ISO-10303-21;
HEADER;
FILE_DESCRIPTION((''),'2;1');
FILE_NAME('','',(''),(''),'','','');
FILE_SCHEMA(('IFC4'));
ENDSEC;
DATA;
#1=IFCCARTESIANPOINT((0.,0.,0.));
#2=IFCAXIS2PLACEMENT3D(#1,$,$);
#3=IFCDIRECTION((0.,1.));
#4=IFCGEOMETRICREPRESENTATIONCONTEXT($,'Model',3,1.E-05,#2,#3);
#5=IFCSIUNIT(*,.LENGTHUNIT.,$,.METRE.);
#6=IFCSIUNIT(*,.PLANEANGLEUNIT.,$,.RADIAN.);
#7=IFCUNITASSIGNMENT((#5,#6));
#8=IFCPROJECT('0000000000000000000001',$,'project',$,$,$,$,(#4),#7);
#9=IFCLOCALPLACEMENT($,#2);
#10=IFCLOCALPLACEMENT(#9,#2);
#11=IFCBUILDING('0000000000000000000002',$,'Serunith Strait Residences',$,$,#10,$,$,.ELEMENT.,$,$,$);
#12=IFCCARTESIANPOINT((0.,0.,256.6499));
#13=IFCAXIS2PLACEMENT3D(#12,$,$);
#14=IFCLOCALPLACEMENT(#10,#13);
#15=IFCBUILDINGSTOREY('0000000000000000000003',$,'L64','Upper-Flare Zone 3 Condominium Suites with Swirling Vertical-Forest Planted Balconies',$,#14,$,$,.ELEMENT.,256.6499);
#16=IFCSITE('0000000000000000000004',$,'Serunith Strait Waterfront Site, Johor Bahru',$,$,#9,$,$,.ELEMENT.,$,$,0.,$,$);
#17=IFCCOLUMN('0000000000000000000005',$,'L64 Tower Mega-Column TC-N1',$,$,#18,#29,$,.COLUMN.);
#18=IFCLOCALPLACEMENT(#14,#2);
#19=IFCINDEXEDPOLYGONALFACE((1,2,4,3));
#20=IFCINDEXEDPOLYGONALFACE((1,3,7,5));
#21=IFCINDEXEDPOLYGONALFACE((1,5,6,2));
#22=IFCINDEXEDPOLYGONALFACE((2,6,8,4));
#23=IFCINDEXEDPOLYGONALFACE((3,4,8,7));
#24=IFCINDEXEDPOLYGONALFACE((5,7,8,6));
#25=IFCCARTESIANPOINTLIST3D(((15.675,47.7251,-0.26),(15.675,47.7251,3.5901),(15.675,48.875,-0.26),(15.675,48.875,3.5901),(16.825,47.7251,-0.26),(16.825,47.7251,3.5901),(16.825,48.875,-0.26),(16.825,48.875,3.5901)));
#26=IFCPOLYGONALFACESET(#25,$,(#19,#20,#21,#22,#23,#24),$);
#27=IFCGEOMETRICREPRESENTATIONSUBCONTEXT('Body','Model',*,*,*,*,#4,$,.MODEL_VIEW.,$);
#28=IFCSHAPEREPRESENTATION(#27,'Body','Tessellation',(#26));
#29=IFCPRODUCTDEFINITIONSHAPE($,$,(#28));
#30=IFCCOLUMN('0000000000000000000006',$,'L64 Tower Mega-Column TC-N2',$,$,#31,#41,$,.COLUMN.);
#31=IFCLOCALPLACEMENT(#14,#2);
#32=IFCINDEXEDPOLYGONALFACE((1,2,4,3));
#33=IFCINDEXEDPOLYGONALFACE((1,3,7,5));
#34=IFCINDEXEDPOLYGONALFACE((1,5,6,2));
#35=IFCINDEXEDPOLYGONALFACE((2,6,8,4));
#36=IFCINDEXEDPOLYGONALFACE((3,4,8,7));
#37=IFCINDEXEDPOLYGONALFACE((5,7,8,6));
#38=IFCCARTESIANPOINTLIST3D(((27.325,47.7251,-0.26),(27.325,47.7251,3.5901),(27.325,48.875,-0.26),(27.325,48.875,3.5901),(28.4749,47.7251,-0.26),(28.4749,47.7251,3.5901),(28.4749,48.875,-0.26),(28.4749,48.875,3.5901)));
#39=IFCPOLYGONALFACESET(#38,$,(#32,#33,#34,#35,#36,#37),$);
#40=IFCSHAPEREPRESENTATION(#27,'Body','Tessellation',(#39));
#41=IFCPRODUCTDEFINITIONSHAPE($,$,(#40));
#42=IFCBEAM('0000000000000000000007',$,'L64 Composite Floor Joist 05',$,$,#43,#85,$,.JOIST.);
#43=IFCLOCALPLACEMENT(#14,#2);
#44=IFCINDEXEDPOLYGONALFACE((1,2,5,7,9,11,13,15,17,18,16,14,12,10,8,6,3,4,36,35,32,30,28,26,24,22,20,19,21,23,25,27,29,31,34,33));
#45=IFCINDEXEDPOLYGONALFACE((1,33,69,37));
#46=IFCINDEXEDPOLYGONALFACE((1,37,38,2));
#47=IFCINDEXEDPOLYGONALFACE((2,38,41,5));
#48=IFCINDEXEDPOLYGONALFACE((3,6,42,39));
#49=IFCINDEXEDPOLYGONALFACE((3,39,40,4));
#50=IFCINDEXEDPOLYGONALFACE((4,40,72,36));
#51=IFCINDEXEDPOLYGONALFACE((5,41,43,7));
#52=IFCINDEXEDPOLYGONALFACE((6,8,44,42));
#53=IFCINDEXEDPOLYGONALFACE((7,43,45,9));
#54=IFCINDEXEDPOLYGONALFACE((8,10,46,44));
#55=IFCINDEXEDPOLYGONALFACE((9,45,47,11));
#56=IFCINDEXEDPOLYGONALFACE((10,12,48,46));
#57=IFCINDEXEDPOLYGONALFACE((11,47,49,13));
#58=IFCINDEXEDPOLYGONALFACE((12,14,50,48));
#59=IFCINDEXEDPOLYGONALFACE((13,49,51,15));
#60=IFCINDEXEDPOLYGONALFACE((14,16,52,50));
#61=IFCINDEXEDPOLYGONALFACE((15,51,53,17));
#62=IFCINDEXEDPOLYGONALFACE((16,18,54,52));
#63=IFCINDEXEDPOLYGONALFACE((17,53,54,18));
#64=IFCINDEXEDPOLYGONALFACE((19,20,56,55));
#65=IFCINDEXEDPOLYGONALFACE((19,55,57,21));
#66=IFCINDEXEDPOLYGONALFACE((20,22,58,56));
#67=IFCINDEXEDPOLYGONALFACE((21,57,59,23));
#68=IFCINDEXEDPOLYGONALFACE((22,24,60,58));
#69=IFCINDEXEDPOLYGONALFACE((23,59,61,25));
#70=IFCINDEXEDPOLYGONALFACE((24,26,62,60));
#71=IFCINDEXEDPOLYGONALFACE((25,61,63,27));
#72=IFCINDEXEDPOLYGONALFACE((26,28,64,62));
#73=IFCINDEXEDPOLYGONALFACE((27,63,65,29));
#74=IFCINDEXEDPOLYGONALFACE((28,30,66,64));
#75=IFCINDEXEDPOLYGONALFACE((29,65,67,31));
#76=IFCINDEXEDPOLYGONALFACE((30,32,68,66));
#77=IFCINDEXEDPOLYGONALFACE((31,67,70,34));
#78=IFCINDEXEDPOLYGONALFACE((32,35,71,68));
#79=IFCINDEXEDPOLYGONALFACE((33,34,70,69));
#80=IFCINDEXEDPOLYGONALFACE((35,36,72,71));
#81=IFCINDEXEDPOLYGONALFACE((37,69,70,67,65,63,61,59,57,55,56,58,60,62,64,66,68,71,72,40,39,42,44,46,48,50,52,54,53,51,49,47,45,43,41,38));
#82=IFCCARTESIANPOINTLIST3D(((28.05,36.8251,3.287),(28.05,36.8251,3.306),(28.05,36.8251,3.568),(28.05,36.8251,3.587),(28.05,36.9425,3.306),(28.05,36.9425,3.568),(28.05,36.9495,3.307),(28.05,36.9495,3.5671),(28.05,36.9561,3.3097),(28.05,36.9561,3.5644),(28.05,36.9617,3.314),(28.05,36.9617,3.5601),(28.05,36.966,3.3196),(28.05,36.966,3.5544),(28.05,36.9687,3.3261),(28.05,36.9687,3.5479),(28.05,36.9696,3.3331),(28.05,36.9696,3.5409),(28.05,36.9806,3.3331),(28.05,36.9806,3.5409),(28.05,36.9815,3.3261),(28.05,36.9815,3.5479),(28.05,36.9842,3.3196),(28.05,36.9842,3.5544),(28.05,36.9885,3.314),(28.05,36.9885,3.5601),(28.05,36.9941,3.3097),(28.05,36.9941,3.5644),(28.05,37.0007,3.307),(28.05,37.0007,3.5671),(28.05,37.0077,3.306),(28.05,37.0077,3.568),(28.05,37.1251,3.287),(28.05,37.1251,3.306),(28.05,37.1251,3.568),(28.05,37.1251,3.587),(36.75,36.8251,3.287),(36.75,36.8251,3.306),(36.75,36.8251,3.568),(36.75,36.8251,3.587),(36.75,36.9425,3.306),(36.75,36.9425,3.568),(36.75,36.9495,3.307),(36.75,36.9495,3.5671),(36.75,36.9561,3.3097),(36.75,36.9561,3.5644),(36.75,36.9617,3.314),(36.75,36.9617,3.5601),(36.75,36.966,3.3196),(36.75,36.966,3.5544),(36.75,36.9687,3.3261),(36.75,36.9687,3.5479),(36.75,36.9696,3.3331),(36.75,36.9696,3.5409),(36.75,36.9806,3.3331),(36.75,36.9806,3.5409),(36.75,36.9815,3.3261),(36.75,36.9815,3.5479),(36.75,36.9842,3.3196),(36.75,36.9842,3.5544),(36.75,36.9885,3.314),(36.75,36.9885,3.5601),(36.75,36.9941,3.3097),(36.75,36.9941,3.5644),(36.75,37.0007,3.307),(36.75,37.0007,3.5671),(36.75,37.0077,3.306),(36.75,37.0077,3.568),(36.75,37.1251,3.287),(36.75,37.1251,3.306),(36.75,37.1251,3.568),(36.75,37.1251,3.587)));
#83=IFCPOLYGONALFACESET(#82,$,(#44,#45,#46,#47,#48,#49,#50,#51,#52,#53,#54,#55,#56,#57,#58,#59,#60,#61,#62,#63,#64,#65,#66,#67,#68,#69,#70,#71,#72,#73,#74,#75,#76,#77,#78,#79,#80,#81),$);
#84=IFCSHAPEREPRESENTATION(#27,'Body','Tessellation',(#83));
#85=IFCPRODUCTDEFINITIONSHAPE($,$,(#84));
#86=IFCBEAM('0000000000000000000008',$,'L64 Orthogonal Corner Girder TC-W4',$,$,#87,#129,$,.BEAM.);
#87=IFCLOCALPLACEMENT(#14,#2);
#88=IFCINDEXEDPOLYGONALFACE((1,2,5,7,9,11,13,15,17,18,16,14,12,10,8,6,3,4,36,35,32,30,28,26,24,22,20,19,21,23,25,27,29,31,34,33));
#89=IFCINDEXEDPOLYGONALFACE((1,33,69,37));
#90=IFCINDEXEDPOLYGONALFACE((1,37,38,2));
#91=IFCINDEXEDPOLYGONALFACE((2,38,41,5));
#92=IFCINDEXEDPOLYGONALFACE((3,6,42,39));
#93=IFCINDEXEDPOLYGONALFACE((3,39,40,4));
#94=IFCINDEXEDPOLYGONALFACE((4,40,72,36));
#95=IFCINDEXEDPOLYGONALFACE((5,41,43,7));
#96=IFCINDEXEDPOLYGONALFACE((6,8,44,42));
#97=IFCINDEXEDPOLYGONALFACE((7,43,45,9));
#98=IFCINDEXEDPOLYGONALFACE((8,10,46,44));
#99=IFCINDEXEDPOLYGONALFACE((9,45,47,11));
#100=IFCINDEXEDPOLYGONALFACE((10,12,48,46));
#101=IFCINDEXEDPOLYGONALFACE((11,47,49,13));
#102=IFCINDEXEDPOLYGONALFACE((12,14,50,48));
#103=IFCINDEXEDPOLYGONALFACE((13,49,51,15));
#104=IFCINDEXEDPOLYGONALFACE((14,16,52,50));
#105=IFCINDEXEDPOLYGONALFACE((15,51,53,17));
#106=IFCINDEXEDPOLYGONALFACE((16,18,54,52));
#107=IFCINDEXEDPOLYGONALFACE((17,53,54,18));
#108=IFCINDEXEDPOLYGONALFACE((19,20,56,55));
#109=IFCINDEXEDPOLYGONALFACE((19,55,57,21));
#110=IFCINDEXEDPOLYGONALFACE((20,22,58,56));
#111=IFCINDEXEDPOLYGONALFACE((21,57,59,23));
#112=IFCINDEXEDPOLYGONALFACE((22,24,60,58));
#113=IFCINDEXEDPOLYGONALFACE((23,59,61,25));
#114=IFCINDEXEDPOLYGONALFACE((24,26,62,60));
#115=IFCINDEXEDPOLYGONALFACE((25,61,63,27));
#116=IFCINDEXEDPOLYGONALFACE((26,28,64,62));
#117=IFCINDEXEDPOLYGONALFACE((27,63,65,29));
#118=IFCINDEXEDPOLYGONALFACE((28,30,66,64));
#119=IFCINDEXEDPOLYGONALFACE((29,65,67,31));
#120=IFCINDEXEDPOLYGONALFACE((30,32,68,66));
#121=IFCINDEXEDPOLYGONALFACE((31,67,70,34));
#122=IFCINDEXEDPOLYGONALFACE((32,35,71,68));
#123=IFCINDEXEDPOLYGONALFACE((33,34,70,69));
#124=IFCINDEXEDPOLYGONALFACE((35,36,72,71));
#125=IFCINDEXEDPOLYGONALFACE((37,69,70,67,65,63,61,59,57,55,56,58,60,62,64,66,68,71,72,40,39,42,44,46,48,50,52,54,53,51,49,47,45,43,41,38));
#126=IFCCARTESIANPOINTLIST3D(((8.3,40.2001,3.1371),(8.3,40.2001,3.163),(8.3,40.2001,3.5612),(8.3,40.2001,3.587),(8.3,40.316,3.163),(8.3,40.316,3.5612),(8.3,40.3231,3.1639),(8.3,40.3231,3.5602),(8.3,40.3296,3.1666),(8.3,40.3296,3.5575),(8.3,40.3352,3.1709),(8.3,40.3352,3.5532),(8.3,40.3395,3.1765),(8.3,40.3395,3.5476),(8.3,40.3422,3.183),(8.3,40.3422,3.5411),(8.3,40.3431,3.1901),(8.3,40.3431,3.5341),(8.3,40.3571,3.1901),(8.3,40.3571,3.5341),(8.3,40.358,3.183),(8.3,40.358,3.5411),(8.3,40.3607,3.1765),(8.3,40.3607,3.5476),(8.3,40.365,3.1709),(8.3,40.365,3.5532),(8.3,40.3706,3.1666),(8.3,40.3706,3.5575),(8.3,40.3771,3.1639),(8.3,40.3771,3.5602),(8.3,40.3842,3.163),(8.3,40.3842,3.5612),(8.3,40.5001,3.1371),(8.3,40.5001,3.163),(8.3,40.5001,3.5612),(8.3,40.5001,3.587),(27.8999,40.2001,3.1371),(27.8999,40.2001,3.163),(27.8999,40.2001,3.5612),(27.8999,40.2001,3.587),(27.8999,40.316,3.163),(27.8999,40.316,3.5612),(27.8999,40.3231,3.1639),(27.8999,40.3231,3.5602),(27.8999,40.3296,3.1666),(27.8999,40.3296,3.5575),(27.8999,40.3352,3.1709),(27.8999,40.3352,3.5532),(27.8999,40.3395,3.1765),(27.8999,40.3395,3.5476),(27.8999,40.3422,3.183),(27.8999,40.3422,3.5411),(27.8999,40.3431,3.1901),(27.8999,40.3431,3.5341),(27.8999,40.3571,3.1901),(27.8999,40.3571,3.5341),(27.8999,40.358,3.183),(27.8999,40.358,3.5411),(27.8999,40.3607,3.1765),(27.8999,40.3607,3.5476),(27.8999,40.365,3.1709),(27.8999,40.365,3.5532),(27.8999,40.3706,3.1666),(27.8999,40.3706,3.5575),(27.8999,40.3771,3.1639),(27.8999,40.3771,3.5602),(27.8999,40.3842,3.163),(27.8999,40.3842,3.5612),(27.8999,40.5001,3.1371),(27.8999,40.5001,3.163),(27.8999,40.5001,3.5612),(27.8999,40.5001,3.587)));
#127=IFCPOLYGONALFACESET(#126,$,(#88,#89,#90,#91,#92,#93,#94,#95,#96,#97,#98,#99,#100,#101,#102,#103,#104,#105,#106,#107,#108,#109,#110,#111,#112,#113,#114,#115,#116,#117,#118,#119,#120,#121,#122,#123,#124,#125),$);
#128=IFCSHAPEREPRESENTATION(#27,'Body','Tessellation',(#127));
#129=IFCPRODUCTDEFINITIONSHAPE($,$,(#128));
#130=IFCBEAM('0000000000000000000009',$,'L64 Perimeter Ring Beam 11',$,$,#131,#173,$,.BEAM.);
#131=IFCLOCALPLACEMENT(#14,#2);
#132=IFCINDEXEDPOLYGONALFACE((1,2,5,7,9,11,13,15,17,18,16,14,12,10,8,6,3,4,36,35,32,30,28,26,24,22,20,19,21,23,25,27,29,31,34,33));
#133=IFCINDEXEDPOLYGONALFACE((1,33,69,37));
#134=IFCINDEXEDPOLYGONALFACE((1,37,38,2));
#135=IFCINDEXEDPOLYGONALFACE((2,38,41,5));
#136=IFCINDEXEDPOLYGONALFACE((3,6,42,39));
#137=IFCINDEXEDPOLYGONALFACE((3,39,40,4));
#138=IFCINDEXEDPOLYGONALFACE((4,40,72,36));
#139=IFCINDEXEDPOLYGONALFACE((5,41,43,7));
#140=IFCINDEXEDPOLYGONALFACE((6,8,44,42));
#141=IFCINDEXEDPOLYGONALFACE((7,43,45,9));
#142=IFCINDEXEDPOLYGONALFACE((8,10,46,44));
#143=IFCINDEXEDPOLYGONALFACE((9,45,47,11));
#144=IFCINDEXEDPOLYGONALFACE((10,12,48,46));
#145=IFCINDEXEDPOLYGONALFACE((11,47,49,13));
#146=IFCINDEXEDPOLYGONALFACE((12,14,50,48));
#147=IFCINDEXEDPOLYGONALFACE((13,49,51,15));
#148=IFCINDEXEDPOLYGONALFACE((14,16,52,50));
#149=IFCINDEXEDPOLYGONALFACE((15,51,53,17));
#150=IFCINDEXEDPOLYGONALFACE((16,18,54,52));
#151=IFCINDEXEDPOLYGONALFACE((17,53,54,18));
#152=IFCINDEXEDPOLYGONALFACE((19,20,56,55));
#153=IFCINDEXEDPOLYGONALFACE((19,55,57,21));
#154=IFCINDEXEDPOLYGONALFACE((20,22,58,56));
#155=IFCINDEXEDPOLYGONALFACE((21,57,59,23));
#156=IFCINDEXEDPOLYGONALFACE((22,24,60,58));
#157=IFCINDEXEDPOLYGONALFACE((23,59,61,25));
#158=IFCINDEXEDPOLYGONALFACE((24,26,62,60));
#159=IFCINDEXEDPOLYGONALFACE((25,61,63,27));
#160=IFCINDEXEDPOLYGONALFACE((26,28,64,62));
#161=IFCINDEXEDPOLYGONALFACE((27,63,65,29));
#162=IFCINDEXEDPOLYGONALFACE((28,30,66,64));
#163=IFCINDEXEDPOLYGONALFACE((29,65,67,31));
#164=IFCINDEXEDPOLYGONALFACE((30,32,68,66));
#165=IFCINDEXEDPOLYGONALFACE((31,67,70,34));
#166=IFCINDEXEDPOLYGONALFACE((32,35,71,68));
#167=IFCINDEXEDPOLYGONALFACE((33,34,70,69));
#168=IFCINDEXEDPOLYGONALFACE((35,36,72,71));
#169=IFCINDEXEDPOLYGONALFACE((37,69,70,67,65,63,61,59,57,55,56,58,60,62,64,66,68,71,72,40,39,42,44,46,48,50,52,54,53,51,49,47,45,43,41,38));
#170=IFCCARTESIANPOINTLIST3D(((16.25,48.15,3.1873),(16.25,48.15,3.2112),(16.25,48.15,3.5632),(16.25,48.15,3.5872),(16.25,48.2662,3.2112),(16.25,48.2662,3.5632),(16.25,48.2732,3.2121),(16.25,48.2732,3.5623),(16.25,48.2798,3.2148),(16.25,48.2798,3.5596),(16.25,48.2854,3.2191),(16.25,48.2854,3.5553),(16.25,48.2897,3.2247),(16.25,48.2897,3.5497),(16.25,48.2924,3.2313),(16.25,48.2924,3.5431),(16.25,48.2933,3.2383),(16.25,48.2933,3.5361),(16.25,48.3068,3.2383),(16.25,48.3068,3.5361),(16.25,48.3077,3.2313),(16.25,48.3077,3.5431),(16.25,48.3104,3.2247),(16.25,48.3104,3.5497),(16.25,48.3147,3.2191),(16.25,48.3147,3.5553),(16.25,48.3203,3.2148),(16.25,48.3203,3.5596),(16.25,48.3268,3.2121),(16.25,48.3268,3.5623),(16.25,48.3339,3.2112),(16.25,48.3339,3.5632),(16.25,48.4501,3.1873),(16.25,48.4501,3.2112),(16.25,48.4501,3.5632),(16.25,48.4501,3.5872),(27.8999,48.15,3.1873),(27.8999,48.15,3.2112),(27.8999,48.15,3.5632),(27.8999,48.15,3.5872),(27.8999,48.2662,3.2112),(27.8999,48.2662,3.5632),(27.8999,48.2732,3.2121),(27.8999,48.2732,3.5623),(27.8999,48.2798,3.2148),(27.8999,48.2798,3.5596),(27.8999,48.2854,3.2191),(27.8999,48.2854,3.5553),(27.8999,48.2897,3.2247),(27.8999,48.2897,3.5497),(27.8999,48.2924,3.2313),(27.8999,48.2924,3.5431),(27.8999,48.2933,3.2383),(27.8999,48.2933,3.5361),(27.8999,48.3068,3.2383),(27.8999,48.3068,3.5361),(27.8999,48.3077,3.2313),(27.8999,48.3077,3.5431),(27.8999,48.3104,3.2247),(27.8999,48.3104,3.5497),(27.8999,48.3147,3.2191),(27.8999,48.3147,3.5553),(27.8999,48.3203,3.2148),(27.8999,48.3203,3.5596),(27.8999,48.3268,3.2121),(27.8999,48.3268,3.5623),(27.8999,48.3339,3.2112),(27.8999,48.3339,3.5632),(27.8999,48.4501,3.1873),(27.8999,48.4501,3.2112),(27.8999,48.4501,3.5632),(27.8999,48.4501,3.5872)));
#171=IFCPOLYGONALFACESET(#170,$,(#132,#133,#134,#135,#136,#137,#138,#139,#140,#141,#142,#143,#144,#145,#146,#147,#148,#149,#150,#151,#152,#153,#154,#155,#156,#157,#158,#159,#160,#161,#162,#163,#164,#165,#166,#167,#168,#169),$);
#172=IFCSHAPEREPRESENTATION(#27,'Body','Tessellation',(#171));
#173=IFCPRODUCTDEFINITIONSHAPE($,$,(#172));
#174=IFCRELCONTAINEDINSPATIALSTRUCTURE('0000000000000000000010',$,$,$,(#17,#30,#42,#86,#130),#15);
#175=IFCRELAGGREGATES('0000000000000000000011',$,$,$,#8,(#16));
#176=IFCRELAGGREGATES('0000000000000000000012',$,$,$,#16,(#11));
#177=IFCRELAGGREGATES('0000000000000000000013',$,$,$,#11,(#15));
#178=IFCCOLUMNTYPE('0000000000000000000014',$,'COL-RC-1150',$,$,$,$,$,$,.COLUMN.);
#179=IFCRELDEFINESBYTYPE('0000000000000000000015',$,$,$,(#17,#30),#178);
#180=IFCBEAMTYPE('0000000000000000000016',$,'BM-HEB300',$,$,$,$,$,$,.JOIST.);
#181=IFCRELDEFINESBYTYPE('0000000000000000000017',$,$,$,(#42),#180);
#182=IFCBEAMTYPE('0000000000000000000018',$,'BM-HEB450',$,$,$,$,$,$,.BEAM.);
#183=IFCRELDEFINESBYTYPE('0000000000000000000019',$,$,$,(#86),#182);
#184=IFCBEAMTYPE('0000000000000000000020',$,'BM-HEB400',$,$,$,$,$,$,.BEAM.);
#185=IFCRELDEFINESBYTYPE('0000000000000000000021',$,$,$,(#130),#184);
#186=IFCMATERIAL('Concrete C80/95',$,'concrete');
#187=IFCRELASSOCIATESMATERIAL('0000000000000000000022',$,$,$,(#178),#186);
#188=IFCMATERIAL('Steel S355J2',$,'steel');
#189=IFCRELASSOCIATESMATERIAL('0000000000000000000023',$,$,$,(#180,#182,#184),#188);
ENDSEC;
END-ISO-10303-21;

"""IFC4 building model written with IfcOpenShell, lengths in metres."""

from ifc_helpers import new_model, si_unit, direction, frame, origin, origin_2d, place, context, subcontext, project, spatial, rectangle, i_section, extrude, source, transform, mapped, material, material_profile, profile_set, type_object, element, save


model = new_model("IFC4")

# Units and contexts
model_context = context("Model", 3, precision=1e-05, world=origin(), true_north=direction((0.0, 1.0)))
body_context = subcontext(model_context, "Body", "Model", "MODEL_VIEW")
ifc_project = project(units=[si_unit("LENGTHUNIT", "METRE"), si_unit("PLANEANGLEUNIT", "RADIAN")], contexts=[model_context])

# Site, building, storey
site_placement = place(None, origin())
site = spatial("IfcSite", under=ifc_project, at=site_placement, Name="Serunith Strait Waterfront Site, Johor Bahru", CompositionType="ELEMENT", RefElevation=0.0)
building_placement = place(site_placement, origin())
building = spatial("IfcBuilding", under=site, at=building_placement, Name="Serunith Strait Residences", CompositionType="ELEMENT")
storey_placement = place(building_placement, frame((0.0, 0.0, 256.6499)))
storey = spatial("IfcBuildingStorey", under=building, at=storey_placement, Name="L64", Description="Upper-Flare Zone 3 Condominium Suites with Swirling Vertical-Forest Planted Balconies", CompositionType="ELEMENT", Elevation=256.6499)

# Columns
ifc_material_1 = material(Name="Concrete C80/95", Category="concrete")
ifc_material_profile_1 = material_profile(ifc_material_1, rectangle(XDim=1.1499, YDim=1.1499, at=origin_2d()), Name="RC 1150x1150")
ifc_profile_set_1 = profile_set([ifc_material_profile_1], Name="Concrete C80/95")
column_type = type_object("IfcColumnType", Name="COL-RC-1150", PredefinedType="COLUMN", material=ifc_profile_set_1)
shared_shape_1 = source(origin(), body_context, "Body", "SweptSolid", [
    extrude(rectangle(XDim=1.1499, YDim=1.1499, at=origin_2d()), origin(), (0.0, 0.0, 1.0), 3.8501),
])
for number, where, z_axis, x_axis, name in (
    (1, (16.25, 48.3, -0.26), (0.0, 0.0, 1.0), (1.0, 0.0, 0.0), "L64 Tower Mega-Column TC-N1"),
    (2, (27.8999, 48.3, -0.26), (0.0, 0.0, 1.0), (1.0, 0.0, 0.0), "L64 Tower Mega-Column TC-N2"),
):
    element("IfcColumn", number, at=place(storey_placement, frame(where, z_axis=z_axis, x_axis=x_axis)), inside=storey, type_object=column_type, Name=name, PredefinedType="COLUMN", context=body_context, shape_type="MappedRepresentation", body=[
        mapped(shared_shape_1, transform((0.0, 0.0, 0.0), scale=1.0)),
    ])

# Beams
ifc_material_2 = material(Name="Steel S355J2", Category="steel")
ifc_material_profile_2 = material_profile(ifc_material_2, i_section(OverallWidth=0.3, OverallDepth=0.3, WebThickness=0.011, FlangeThickness=0.019, FilletRadius=0.0271, at=origin_2d()), Name="HEB 300")
ifc_profile_set_2 = profile_set([ifc_material_profile_2], Name="Steel S355J2")
beam_type_1 = type_object("IfcBeamType", Name="BM-HEB300", PredefinedType="JOIST", material=ifc_profile_set_2)
shared_shape_2 = source(origin(), body_context, "Body", "SweptSolid", [
    extrude(i_section(OverallWidth=0.3, OverallDepth=0.3, WebThickness=0.011, FlangeThickness=0.019, FilletRadius=0.0271, at=origin_2d()), origin(), (0.0, 0.0, 1.0), 8.7),
])
beam_1_placement = place(storey_placement, frame((28.05, 36.9751, 3.437), z_axis=(1.0, 0.0, 0.0), x_axis=(0.0, 1.0, 0.0)))
element("IfcBeam", 3, at=beam_1_placement, inside=storey, type_object=beam_type_1, Name="L64 Composite Floor Joist 05", PredefinedType="JOIST", context=body_context, shape_type="MappedRepresentation", body=[
    mapped(shared_shape_2, transform((0.0, 0.0, 0.0), scale=1.0)),
])
ifc_material_profile_3 = material_profile(ifc_material_2, i_section(OverallWidth=0.3, OverallDepth=0.45, WebThickness=0.0139, FlangeThickness=0.0259, FilletRadius=0.0271, at=origin_2d()), Name="HEB 450")
ifc_profile_set_3 = profile_set([ifc_material_profile_3], Name="Steel S355J2")
beam_type_2 = type_object("IfcBeamType", Name="BM-HEB450", PredefinedType="BEAM", material=ifc_profile_set_3)
shared_shape_3 = source(origin(), body_context, "Body", "SweptSolid", [
    extrude(i_section(OverallWidth=0.3, OverallDepth=0.45, WebThickness=0.0139, FlangeThickness=0.0259, FilletRadius=0.0271, at=origin_2d()), origin(), (0.0, 0.0, 1.0), 19.5999),
])
beam_2_placement = place(storey_placement, frame((27.8999, 40.3501, 3.3621), z_axis=(-1.0, 0.0, 0.0), x_axis=(0.0, -1.0, 0.0)))
element("IfcBeam", 4, at=beam_2_placement, inside=storey, type_object=beam_type_2, Name="L64 Orthogonal Corner Girder TC-W4", PredefinedType="BEAM", context=body_context, shape_type="MappedRepresentation", body=[
    mapped(shared_shape_3, transform((0.0, 0.0, 0.0), scale=1.0)),
])
ifc_material_profile_4 = material_profile(ifc_material_2, i_section(OverallWidth=0.3, OverallDepth=0.3999, WebThickness=0.0134, FlangeThickness=0.0239, FilletRadius=0.0271, at=origin_2d()), Name="HEB 400")
ifc_profile_set_4 = profile_set([ifc_material_profile_4], Name="Steel S355J2")
beam_type_3 = type_object("IfcBeamType", Name="BM-HEB400", PredefinedType="BEAM", material=ifc_profile_set_4)
shared_shape_4 = source(origin(), body_context, "Body", "SweptSolid", [
    extrude(i_section(OverallWidth=0.3, OverallDepth=0.3999, WebThickness=0.0134, FlangeThickness=0.0239, FilletRadius=0.0271, at=origin_2d()), origin(), (0.0, 0.0, 1.0), 11.6499),
])
beam_3_placement = place(storey_placement, frame((27.8999, 48.3, 3.3872), z_axis=(-1.0, 0.0, 0.0), x_axis=(0.0, -1.0, 0.0)))
element("IfcBeam", 5, at=beam_3_placement, inside=storey, type_object=beam_type_3, Name="L64 Perimeter Ring Beam 11", PredefinedType="BEAM", context=body_context, shape_type="MappedRepresentation", body=[
    mapped(shared_shape_4, transform((0.0, 0.0, 0.0), scale=1.0)),
])

save(model, "model.ifc")
